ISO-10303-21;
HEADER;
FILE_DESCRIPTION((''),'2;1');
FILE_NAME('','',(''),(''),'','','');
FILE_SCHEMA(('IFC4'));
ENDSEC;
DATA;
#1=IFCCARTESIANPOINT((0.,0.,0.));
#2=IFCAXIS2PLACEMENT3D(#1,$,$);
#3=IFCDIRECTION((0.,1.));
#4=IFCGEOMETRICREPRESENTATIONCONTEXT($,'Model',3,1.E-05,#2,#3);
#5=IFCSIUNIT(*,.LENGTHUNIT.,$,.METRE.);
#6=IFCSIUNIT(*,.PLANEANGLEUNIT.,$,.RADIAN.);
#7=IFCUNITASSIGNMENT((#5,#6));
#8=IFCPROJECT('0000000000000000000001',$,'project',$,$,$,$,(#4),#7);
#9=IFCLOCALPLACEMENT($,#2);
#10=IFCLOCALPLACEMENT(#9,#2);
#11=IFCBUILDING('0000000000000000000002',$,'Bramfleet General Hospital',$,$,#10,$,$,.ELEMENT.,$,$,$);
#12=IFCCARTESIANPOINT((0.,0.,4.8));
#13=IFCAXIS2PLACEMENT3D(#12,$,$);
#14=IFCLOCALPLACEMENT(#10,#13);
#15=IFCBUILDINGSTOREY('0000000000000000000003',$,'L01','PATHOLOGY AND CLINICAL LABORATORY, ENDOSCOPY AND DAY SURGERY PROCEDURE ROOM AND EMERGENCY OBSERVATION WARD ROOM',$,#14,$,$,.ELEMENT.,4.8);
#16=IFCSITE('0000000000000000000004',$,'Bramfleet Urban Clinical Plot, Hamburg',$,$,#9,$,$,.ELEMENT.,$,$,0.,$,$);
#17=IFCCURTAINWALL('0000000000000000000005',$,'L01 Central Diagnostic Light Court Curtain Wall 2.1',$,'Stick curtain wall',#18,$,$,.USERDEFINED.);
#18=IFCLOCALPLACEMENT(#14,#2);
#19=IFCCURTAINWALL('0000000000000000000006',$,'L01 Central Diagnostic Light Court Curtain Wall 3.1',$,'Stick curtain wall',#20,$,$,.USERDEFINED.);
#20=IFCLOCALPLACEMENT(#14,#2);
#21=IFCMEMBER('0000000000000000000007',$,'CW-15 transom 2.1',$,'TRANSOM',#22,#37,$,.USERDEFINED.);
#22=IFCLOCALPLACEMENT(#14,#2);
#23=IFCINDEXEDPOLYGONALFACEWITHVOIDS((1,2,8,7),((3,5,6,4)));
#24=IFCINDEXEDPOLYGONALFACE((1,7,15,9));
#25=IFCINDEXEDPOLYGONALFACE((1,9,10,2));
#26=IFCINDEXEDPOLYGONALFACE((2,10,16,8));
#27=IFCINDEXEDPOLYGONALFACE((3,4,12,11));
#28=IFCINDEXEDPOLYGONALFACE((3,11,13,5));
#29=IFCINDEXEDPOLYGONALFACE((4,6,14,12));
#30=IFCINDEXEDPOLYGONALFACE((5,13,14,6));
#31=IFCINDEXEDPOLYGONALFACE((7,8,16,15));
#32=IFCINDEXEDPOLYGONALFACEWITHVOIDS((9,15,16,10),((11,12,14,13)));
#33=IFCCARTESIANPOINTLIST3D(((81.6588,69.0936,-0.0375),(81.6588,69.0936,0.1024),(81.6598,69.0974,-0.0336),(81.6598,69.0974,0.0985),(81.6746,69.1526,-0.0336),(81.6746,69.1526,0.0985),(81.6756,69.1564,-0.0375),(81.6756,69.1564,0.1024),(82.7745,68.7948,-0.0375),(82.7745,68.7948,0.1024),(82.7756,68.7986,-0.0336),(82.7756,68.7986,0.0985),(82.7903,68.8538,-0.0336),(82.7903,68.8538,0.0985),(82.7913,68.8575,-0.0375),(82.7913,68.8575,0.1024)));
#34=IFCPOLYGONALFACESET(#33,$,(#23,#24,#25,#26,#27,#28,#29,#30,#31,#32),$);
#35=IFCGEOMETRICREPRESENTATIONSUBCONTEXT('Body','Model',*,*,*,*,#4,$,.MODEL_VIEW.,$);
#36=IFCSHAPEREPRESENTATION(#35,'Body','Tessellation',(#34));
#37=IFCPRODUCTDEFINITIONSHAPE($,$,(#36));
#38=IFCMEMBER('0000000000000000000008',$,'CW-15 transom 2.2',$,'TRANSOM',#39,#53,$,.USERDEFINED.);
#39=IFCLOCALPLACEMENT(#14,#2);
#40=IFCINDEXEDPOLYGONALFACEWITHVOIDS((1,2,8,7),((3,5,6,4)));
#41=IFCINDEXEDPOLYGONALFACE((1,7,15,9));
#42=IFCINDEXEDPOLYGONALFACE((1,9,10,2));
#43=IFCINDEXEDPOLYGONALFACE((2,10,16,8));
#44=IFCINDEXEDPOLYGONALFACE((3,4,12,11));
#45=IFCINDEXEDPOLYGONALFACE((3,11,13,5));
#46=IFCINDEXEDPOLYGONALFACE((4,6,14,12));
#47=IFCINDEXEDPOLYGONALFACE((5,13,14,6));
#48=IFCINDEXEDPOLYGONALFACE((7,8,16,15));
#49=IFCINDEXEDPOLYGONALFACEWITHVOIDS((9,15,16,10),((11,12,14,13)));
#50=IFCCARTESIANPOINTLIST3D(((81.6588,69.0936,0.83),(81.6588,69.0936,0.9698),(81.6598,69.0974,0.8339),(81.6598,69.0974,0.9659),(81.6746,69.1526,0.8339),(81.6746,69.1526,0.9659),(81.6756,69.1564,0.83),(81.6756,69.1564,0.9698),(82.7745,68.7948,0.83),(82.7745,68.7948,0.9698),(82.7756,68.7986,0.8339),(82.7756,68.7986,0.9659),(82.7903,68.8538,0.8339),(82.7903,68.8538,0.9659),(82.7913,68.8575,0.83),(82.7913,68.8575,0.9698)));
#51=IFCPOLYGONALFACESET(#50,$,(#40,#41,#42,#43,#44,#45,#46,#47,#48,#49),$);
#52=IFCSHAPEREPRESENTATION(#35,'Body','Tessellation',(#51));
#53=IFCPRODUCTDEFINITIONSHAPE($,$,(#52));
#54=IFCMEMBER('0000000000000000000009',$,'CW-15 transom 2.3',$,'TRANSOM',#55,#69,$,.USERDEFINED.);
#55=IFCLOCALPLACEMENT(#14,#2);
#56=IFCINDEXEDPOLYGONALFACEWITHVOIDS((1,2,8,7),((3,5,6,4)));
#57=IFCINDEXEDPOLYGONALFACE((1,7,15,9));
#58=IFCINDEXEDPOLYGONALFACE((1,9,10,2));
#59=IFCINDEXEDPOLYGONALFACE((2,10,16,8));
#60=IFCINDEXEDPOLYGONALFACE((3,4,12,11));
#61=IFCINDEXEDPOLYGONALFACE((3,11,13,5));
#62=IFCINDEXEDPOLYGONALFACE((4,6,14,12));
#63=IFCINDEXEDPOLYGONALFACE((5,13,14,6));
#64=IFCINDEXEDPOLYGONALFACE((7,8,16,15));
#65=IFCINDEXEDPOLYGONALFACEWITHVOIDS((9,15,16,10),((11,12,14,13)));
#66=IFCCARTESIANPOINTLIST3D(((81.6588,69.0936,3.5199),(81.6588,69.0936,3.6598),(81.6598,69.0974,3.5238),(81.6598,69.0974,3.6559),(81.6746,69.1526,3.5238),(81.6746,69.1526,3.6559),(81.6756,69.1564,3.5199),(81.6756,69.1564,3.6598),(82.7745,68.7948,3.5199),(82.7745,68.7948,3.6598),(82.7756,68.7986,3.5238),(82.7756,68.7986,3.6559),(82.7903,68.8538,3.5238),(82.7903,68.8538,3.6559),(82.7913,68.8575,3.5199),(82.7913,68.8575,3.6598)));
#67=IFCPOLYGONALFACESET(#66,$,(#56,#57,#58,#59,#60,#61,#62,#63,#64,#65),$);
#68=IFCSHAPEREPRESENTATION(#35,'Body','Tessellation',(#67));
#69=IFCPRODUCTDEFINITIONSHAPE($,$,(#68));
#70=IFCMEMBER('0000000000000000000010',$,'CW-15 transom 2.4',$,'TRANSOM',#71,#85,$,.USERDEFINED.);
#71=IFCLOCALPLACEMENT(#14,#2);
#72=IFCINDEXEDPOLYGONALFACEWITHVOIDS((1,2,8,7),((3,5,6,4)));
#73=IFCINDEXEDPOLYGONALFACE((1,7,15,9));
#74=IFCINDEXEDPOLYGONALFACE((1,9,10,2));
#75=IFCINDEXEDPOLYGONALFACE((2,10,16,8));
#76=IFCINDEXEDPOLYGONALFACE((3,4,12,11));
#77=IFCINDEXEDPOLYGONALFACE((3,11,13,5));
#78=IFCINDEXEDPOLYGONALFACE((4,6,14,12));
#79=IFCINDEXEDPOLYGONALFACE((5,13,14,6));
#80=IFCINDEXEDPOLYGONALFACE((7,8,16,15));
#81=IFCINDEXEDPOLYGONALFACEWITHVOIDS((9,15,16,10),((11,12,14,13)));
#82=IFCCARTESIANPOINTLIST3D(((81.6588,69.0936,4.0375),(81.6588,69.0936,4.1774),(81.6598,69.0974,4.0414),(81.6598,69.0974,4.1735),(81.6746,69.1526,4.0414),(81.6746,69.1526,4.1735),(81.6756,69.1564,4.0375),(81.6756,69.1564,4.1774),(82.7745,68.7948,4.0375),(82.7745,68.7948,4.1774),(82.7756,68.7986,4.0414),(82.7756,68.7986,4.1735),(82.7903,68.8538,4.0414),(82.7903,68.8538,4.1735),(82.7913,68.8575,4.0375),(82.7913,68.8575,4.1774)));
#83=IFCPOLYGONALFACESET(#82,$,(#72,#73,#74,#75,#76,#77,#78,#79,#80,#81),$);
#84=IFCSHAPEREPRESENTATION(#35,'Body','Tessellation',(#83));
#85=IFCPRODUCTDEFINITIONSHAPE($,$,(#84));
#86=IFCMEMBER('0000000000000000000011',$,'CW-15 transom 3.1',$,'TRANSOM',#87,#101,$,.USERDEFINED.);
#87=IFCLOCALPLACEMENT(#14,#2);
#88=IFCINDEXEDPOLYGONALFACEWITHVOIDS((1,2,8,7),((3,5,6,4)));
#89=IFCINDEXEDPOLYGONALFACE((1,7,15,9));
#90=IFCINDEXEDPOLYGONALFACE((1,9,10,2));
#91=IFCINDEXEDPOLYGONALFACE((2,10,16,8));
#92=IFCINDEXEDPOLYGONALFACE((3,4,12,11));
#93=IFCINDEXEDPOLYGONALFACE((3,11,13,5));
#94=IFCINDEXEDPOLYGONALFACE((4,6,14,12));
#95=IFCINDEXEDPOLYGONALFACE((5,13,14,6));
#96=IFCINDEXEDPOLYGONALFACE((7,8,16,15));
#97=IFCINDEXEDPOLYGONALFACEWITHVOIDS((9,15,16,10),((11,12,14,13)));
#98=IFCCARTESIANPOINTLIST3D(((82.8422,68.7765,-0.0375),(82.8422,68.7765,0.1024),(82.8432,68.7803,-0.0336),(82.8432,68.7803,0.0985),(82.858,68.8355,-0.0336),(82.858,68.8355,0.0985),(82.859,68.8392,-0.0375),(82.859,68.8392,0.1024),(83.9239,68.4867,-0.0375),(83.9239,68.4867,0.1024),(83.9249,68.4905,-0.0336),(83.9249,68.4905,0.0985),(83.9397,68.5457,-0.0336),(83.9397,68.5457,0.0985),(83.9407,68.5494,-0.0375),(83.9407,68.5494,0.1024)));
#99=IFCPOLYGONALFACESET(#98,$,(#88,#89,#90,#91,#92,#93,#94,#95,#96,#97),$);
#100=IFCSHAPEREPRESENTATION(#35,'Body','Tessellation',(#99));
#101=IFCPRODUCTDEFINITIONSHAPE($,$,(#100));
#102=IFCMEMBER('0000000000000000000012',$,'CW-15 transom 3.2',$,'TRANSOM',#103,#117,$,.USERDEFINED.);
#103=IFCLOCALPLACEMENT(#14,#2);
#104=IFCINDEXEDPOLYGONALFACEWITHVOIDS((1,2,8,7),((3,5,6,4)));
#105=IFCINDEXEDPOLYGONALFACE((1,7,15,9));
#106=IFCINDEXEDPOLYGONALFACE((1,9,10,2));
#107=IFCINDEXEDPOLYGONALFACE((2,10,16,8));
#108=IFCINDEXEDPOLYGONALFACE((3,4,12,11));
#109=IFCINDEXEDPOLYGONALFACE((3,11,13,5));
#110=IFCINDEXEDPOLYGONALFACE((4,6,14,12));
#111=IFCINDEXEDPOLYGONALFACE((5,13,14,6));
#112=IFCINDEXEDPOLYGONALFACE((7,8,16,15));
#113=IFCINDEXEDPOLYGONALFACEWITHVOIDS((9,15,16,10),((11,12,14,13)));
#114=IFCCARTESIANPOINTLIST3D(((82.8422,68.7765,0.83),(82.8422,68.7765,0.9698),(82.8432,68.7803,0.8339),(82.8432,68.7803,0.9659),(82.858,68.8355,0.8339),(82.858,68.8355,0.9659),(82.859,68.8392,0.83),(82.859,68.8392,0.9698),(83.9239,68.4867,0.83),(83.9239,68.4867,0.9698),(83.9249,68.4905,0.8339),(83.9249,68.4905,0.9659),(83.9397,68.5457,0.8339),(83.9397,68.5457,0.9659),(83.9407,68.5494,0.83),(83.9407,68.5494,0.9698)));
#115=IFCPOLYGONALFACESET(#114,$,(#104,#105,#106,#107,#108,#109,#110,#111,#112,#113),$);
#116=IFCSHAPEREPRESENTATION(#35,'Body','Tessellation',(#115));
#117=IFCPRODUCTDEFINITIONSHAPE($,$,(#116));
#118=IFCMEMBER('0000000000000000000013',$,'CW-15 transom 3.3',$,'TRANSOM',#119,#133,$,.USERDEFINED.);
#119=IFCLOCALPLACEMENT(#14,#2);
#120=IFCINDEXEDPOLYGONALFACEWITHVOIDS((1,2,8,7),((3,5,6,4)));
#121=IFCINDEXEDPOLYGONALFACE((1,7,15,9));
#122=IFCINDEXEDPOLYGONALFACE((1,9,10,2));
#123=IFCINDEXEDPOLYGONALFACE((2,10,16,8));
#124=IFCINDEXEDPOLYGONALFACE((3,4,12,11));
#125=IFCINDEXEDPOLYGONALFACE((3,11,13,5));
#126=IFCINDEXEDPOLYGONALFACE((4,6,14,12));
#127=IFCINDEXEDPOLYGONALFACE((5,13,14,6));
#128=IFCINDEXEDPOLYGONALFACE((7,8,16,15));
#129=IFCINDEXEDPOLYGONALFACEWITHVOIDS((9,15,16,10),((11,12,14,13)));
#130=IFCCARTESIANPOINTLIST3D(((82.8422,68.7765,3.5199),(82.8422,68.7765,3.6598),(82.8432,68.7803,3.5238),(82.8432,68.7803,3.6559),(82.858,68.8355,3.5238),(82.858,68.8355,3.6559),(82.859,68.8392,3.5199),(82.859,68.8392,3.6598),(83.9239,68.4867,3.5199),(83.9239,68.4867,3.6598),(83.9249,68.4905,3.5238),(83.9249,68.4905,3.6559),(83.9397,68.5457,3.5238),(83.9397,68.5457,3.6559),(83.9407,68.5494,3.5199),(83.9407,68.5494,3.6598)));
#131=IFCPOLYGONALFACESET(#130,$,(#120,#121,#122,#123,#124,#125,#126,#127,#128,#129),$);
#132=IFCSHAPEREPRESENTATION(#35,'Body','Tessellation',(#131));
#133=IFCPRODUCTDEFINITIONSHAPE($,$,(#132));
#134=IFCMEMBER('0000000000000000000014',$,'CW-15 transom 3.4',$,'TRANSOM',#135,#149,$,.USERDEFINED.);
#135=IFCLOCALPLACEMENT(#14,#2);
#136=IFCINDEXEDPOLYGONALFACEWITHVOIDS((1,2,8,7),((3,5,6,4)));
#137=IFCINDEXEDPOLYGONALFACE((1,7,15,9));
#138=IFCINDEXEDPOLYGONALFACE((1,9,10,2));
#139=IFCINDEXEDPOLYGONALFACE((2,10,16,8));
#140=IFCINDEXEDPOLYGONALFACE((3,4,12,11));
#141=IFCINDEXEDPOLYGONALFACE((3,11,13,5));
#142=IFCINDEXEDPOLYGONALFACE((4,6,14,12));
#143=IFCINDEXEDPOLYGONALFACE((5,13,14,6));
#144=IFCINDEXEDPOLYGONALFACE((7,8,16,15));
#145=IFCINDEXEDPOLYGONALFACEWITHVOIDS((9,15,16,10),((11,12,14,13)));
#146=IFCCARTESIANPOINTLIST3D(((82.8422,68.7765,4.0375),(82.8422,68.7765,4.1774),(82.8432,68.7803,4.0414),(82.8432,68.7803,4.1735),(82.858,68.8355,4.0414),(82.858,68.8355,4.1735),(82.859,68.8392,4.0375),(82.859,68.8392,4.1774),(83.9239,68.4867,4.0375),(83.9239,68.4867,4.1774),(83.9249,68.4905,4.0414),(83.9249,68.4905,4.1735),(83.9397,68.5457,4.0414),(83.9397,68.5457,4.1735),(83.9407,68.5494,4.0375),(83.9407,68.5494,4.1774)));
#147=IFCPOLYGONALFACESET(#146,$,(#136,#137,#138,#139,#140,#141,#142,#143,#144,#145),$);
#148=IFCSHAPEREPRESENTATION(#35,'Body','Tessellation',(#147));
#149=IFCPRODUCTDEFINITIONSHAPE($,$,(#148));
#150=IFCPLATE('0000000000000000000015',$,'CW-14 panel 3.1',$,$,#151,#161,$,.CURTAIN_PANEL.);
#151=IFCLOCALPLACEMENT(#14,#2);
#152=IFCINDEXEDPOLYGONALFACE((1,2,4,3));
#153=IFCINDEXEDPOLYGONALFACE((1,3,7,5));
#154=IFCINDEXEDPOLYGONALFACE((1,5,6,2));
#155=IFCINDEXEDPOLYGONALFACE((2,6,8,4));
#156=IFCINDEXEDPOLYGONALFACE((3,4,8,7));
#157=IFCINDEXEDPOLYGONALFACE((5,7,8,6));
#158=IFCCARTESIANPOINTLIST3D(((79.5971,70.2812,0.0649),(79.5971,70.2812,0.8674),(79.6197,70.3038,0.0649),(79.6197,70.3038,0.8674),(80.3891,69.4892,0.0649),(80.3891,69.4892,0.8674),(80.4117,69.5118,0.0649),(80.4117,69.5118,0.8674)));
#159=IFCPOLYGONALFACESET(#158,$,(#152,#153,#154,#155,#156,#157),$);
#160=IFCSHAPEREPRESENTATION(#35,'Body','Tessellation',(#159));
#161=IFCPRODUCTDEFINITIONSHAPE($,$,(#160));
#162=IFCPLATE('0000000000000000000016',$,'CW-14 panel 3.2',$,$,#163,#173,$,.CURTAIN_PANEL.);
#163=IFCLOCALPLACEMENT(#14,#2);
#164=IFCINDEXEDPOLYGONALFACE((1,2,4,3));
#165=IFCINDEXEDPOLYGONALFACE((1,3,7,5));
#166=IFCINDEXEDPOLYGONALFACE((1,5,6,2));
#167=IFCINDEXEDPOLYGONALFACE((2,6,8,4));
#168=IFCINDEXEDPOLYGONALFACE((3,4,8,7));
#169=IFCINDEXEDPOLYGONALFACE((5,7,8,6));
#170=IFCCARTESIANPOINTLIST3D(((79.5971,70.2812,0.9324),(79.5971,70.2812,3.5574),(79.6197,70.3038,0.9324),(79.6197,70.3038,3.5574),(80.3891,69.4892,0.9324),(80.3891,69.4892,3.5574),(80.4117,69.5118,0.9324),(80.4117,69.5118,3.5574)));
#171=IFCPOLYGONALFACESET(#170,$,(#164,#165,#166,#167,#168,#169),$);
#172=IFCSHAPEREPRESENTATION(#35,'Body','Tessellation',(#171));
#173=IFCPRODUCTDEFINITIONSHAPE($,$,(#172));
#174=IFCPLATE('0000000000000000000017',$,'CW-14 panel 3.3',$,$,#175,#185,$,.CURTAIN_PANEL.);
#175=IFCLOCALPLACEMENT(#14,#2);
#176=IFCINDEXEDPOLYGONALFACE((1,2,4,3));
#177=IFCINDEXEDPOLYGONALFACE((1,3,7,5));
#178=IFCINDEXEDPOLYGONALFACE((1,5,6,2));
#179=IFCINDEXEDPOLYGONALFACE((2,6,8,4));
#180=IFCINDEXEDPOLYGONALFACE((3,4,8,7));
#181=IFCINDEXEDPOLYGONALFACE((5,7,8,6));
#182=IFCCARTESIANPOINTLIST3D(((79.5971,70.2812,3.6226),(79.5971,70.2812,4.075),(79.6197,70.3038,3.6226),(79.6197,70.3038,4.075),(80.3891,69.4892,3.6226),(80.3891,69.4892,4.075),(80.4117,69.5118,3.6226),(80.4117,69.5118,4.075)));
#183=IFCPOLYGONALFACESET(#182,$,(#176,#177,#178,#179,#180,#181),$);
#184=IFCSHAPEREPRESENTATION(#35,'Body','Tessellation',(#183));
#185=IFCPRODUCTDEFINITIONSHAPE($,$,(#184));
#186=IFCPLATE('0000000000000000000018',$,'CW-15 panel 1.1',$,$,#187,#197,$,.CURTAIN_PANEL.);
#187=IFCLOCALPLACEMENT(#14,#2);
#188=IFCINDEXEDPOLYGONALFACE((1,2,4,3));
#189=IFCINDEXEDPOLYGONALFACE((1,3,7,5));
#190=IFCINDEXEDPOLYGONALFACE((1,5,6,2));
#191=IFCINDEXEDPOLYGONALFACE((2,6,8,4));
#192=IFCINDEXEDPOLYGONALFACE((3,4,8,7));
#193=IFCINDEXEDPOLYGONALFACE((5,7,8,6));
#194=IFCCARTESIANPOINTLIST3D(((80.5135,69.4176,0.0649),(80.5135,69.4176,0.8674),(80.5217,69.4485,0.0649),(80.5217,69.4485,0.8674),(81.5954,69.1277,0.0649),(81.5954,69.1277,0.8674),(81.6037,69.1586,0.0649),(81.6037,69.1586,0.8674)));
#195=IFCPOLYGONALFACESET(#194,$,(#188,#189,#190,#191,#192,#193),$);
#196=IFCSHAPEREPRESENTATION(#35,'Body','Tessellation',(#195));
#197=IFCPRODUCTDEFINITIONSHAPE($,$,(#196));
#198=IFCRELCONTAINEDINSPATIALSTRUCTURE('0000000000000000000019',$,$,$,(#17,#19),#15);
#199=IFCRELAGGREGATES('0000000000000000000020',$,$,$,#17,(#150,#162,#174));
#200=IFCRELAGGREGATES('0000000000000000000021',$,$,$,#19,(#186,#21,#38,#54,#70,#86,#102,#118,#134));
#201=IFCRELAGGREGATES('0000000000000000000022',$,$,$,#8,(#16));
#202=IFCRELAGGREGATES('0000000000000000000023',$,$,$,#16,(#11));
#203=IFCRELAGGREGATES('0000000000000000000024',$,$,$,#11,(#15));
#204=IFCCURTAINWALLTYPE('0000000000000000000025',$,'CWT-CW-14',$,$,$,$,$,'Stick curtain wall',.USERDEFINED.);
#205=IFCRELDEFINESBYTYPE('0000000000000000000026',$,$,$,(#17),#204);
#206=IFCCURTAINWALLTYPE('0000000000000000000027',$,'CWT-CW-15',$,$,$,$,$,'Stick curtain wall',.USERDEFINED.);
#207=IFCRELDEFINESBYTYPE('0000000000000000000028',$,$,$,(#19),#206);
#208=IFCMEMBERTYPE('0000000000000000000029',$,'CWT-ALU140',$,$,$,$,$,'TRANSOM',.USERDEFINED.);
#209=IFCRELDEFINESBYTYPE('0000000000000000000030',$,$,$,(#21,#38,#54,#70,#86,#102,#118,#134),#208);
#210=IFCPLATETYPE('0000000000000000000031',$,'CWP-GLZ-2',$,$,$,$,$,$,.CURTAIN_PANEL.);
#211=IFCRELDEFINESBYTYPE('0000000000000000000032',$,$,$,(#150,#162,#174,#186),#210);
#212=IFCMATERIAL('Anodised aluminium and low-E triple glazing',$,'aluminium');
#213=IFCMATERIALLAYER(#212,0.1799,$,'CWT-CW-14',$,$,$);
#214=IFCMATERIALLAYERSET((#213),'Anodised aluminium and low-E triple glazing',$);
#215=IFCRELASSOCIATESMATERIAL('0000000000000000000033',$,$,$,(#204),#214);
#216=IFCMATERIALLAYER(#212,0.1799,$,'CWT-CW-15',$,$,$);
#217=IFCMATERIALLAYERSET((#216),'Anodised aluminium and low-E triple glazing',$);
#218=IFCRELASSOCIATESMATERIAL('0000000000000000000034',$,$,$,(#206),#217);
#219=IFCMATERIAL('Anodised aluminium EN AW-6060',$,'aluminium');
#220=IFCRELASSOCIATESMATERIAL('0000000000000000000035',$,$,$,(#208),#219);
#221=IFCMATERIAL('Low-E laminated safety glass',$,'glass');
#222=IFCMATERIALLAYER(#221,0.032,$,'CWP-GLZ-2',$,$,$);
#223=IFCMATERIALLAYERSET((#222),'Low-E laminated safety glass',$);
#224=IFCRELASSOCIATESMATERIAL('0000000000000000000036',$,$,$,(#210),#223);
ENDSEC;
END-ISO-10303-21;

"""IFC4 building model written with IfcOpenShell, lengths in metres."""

from ifc_helpers import new_model, si_unit, direction, frame, origin, origin_2d, place, context, subcontext, project, spatial, rectangle, hollow_rectangle, extrude, material, layer, layer_set, material_profile, profile_set, type_object, element, aggregate, save


model = new_model("IFC4")

# Units and contexts
model_context = context("Model", 3, precision=1e-05, world=origin(), true_north=direction((0.0, 1.0)))
body_context = subcontext(model_context, "Body", "Model", "MODEL_VIEW")
ifc_project = project(units=[si_unit("LENGTHUNIT", "METRE"), si_unit("PLANEANGLEUNIT", "RADIAN")], contexts=[model_context])

# Site, building, storey
site_placement = place(None, origin())
site = spatial("IfcSite", under=ifc_project, at=site_placement, Name="Bramfleet Urban Clinical Plot, Hamburg", CompositionType="ELEMENT", RefElevation=0.0)
building_placement = place(site_placement, origin())
building = spatial("IfcBuilding", under=site, at=building_placement, Name="Bramfleet General Hospital", CompositionType="ELEMENT")
storey_placement = place(building_placement, frame((0.0, 0.0, 4.8)))
storey = spatial("IfcBuildingStorey", under=building, at=storey_placement, Name="L01", Description="PATHOLOGY AND CLINICAL LABORATORY, ENDOSCOPY AND DAY SURGERY PROCEDURE ROOM AND EMERGENCY OBSERVATION WARD ROOM", CompositionType="ELEMENT", Elevation=4.8)

# Curtain wall
ifc_material_1 = material(Name="Anodised aluminium and low-E triple glazing", Category="aluminium")
ifc_layer_1 = layer(ifc_material_1, 0.1799, Name="CWT-CW-14")
ifc_layer_set_1 = layer_set([ifc_layer_1], Name="Anodised aluminium and low-E triple glazing")
curtain_wall_type_1 = type_object("IfcCurtainWallType", Name="CWT-CW-14", ElementType="Stick curtain wall", PredefinedType="USERDEFINED", material=ifc_layer_set_1)
curtain_wall_1_placement = place(storey_placement, origin())
curtain_wall_1 = element("IfcCurtainWall", 1, at=curtain_wall_1_placement, inside=storey, type_object=curtain_wall_type_1, Name="L01 Central Diagnostic Light Court Curtain Wall 2.1", ObjectType="Stick curtain wall", PredefinedType="USERDEFINED")
ifc_material_2 = material(Name="Anodised aluminium EN AW-6060", Category="aluminium")

# Curtain wall
ifc_layer_2 = layer(ifc_material_1, 0.1799, Name="CWT-CW-15")
ifc_layer_set_2 = layer_set([ifc_layer_2], Name="Anodised aluminium and low-E triple glazing")
curtain_wall_type_2 = type_object("IfcCurtainWallType", Name="CWT-CW-15", ElementType="Stick curtain wall", PredefinedType="USERDEFINED", material=ifc_layer_set_2)
curtain_wall_2_placement = place(storey_placement, origin())
curtain_wall_2 = element("IfcCurtainWall", 2, at=curtain_wall_2_placement, inside=storey, type_object=curtain_wall_type_2, Name="L01 Central Diagnostic Light Court Curtain Wall 3.1", ObjectType="Stick curtain wall", PredefinedType="USERDEFINED")

# Members
ifc_material_profile_1 = material_profile(ifc_material_2, hollow_rectangle(XDim=0.0649, YDim=0.1399, WallThickness=0.0039, at=origin_2d()), Name="ALU 140x65x4.0")
ifc_profile_set_1 = profile_set([ifc_material_profile_1], Name="Anodised aluminium EN AW-6060")
member_type_1 = type_object("IfcMemberType", Name="CWT-ALU140", ElementType="TRANSOM", PredefinedType="USERDEFINED", material=ifc_profile_set_1)
member_1_placement = place(storey_placement, frame((81.6672, 69.125, 0.0325), z_axis=(0.965954, -0.258715, 0.0), x_axis=(0.258715, 0.965954, 0.0)))
member_1 = element("IfcMember", 3, at=member_1_placement, type_object=member_type_1, Name="CW-15 transom 2.1", ObjectType="TRANSOM", PredefinedType="USERDEFINED", context=body_context, shape_type="SweptSolid", body=[
    extrude(hollow_rectangle(XDim=0.0649, YDim=0.1399, WallThickness=0.0039, at=origin_2d()), origin(), (0.0, 0.0, 1.0), 1.155),
])
member_2_placement = place(storey_placement, frame((81.6672, 69.125, 0.8999), z_axis=(0.965954, -0.258715, 0.0), x_axis=(0.258715, 0.965954, 0.0)))
member_2 = element("IfcMember", 4, at=member_2_placement, type_object=member_type_1, Name="CW-15 transom 2.2", ObjectType="TRANSOM", PredefinedType="USERDEFINED", context=body_context, shape_type="SweptSolid", body=[
    extrude(hollow_rectangle(XDim=0.0649, YDim=0.1399, WallThickness=0.0039, at=origin_2d()), origin(), (0.0, 0.0, 1.0), 1.155),
])
member_3_placement = place(storey_placement, frame((81.6672, 69.125, 3.5898), z_axis=(0.965954, -0.258715, 0.0), x_axis=(0.258715, 0.965954, 0.0)))
member_3 = element("IfcMember", 5, at=member_3_placement, type_object=member_type_1, Name="CW-15 transom 2.3", ObjectType="TRANSOM", PredefinedType="USERDEFINED", context=body_context, shape_type="SweptSolid", body=[
    extrude(hollow_rectangle(XDim=0.0649, YDim=0.1399, WallThickness=0.0039, at=origin_2d()), origin(), (0.0, 0.0, 1.0), 1.155),
])
member_4_placement = place(storey_placement, frame((81.6672, 69.125, 4.1074), z_axis=(0.965954, -0.258715, 0.0), x_axis=(0.258715, 0.965954, 0.0)))
member_4 = element("IfcMember", 6, at=member_4_placement, type_object=member_type_1, Name="CW-15 transom 2.4", ObjectType="TRANSOM", PredefinedType="USERDEFINED", context=body_context, shape_type="SweptSolid", body=[
    extrude(hollow_rectangle(XDim=0.0649, YDim=0.1399, WallThickness=0.0039, at=origin_2d()), origin(), (0.0, 0.0, 1.0), 1.155),
])
member_5_placement = place(storey_placement, frame((82.8506, 68.8079, 0.0325), z_axis=(0.965941, -0.258762, 0.0), x_axis=(0.258762, 0.965941, 0.0)))
member_5 = element("IfcMember", 7, at=member_5_placement, type_object=member_type_1, Name="CW-15 transom 3.1", ObjectType="TRANSOM", PredefinedType="USERDEFINED", context=body_context, shape_type="SweptSolid", body=[
    extrude(hollow_rectangle(XDim=0.0649, YDim=0.1399, WallThickness=0.0039, at=origin_2d()), origin(), (0.0, 0.0, 1.0), 1.1199),
])
member_6_placement = place(storey_placement, frame((82.8506, 68.8079, 0.8999), z_axis=(0.965941, -0.258762, 0.0), x_axis=(0.258762, 0.965941, 0.0)))
member_6 = element("IfcMember", 8, at=member_6_placement, type_object=member_type_1, Name="CW-15 transom 3.2", ObjectType="TRANSOM", PredefinedType="USERDEFINED", context=body_context, shape_type="SweptSolid", body=[
    extrude(hollow_rectangle(XDim=0.0649, YDim=0.1399, WallThickness=0.0039, at=origin_2d()), origin(), (0.0, 0.0, 1.0), 1.1199),
])
member_7_placement = place(storey_placement, frame((82.8506, 68.8079, 3.5898), z_axis=(0.965941, -0.258762, 0.0), x_axis=(0.258762, 0.965941, 0.0)))
member_7 = element("IfcMember", 9, at=member_7_placement, type_object=member_type_1, Name="CW-15 transom 3.3", ObjectType="TRANSOM", PredefinedType="USERDEFINED", context=body_context, shape_type="SweptSolid", body=[
    extrude(hollow_rectangle(XDim=0.0649, YDim=0.1399, WallThickness=0.0039, at=origin_2d()), origin(), (0.0, 0.0, 1.0), 1.1199),
])
member_8_placement = place(storey_placement, frame((82.8506, 68.8079, 4.1074), z_axis=(0.965941, -0.258762, 0.0), x_axis=(0.258762, 0.965941, 0.0)))
member_8 = element("IfcMember", 10, at=member_8_placement, type_object=member_type_1, Name="CW-15 transom 3.4", ObjectType="TRANSOM", PredefinedType="USERDEFINED", context=body_context, shape_type="SweptSolid", body=[
    extrude(hollow_rectangle(XDim=0.0649, YDim=0.1399, WallThickness=0.0039, at=origin_2d()), origin(), (0.0, 0.0, 1.0), 1.1199),
])

# Plates
ifc_material_3 = material(Name="Low-E laminated safety glass", Category="glass")
ifc_layer_3 = layer(ifc_material_3, 0.032, Name="CWP-GLZ-2")
ifc_layer_set_3 = layer_set([ifc_layer_3], Name="Low-E laminated safety glass")
plate_type = type_object("IfcPlateType", Name="CWP-GLZ-2", PredefinedType="CURTAIN_PANEL", material=ifc_layer_set_3)
plate_1_placement = place(storey_placement, frame((80.0044, 69.8965, 0.0649), z_axis=(0.0, 0.0, 1.0), x_axis=(0.707107, -0.707107, 0.0)))
plate_1 = element("IfcPlate", 11, at=plate_1_placement, type_object=plate_type, Name="CW-14 panel 3.1", PredefinedType="CURTAIN_PANEL", context=body_context, shape_type="SweptSolid", body=[
    extrude(rectangle(XDim=1.1201, YDim=0.032, at=origin_2d()), origin(), (0.0, 0.0, 1.0), 0.8025),
])
plate_2_placement = place(storey_placement, frame((80.0044, 69.8965, 0.9324), z_axis=(0.0, 0.0, 1.0), x_axis=(0.707107, -0.707107, 0.0)))
plate_2 = element("IfcPlate", 12, at=plate_2_placement, type_object=plate_type, Name="CW-14 panel 3.2", PredefinedType="CURTAIN_PANEL", context=body_context, shape_type="SweptSolid", body=[
    extrude(rectangle(XDim=1.1201, YDim=0.032, at=origin_2d()), origin(), (0.0, 0.0, 1.0), 2.625),
])
plate_3_placement = place(storey_placement, frame((80.0044, 69.8965, 3.6226), z_axis=(0.0, 0.0, 1.0), x_axis=(0.707107, -0.707107, 0.0)))
plate_3 = element("IfcPlate", 13, at=plate_3_placement, type_object=plate_type, Name="CW-14 panel 3.3", PredefinedType="CURTAIN_PANEL", context=body_context, shape_type="SweptSolid", body=[
    extrude(rectangle(XDim=1.1201, YDim=0.032, at=origin_2d()), origin(), (0.0, 0.0, 1.0), 0.4524),
])
aggregate(curtain_wall_1, [plate_1, plate_2, plate_3])
plate_4_placement = place(storey_placement, frame((81.0586, 69.2881, 0.0649), z_axis=(0.0, 0.0, 1.0), x_axis=(0.965941, -0.258763, 0.0)))
plate_4 = element("IfcPlate", 14, at=plate_4_placement, type_object=plate_type, Name="CW-15 panel 1.1", PredefinedType="CURTAIN_PANEL", context=body_context, shape_type="SweptSolid", body=[
    extrude(rectangle(XDim=1.1201, YDim=0.032, at=origin_2d()), origin(), (0.0, 0.0, 1.0), 0.8025),
])
aggregate(curtain_wall_2, [plate_4, member_1, member_2, member_3, member_4, member_5, member_6, member_7, member_8])

save(model, "model.ifc")
